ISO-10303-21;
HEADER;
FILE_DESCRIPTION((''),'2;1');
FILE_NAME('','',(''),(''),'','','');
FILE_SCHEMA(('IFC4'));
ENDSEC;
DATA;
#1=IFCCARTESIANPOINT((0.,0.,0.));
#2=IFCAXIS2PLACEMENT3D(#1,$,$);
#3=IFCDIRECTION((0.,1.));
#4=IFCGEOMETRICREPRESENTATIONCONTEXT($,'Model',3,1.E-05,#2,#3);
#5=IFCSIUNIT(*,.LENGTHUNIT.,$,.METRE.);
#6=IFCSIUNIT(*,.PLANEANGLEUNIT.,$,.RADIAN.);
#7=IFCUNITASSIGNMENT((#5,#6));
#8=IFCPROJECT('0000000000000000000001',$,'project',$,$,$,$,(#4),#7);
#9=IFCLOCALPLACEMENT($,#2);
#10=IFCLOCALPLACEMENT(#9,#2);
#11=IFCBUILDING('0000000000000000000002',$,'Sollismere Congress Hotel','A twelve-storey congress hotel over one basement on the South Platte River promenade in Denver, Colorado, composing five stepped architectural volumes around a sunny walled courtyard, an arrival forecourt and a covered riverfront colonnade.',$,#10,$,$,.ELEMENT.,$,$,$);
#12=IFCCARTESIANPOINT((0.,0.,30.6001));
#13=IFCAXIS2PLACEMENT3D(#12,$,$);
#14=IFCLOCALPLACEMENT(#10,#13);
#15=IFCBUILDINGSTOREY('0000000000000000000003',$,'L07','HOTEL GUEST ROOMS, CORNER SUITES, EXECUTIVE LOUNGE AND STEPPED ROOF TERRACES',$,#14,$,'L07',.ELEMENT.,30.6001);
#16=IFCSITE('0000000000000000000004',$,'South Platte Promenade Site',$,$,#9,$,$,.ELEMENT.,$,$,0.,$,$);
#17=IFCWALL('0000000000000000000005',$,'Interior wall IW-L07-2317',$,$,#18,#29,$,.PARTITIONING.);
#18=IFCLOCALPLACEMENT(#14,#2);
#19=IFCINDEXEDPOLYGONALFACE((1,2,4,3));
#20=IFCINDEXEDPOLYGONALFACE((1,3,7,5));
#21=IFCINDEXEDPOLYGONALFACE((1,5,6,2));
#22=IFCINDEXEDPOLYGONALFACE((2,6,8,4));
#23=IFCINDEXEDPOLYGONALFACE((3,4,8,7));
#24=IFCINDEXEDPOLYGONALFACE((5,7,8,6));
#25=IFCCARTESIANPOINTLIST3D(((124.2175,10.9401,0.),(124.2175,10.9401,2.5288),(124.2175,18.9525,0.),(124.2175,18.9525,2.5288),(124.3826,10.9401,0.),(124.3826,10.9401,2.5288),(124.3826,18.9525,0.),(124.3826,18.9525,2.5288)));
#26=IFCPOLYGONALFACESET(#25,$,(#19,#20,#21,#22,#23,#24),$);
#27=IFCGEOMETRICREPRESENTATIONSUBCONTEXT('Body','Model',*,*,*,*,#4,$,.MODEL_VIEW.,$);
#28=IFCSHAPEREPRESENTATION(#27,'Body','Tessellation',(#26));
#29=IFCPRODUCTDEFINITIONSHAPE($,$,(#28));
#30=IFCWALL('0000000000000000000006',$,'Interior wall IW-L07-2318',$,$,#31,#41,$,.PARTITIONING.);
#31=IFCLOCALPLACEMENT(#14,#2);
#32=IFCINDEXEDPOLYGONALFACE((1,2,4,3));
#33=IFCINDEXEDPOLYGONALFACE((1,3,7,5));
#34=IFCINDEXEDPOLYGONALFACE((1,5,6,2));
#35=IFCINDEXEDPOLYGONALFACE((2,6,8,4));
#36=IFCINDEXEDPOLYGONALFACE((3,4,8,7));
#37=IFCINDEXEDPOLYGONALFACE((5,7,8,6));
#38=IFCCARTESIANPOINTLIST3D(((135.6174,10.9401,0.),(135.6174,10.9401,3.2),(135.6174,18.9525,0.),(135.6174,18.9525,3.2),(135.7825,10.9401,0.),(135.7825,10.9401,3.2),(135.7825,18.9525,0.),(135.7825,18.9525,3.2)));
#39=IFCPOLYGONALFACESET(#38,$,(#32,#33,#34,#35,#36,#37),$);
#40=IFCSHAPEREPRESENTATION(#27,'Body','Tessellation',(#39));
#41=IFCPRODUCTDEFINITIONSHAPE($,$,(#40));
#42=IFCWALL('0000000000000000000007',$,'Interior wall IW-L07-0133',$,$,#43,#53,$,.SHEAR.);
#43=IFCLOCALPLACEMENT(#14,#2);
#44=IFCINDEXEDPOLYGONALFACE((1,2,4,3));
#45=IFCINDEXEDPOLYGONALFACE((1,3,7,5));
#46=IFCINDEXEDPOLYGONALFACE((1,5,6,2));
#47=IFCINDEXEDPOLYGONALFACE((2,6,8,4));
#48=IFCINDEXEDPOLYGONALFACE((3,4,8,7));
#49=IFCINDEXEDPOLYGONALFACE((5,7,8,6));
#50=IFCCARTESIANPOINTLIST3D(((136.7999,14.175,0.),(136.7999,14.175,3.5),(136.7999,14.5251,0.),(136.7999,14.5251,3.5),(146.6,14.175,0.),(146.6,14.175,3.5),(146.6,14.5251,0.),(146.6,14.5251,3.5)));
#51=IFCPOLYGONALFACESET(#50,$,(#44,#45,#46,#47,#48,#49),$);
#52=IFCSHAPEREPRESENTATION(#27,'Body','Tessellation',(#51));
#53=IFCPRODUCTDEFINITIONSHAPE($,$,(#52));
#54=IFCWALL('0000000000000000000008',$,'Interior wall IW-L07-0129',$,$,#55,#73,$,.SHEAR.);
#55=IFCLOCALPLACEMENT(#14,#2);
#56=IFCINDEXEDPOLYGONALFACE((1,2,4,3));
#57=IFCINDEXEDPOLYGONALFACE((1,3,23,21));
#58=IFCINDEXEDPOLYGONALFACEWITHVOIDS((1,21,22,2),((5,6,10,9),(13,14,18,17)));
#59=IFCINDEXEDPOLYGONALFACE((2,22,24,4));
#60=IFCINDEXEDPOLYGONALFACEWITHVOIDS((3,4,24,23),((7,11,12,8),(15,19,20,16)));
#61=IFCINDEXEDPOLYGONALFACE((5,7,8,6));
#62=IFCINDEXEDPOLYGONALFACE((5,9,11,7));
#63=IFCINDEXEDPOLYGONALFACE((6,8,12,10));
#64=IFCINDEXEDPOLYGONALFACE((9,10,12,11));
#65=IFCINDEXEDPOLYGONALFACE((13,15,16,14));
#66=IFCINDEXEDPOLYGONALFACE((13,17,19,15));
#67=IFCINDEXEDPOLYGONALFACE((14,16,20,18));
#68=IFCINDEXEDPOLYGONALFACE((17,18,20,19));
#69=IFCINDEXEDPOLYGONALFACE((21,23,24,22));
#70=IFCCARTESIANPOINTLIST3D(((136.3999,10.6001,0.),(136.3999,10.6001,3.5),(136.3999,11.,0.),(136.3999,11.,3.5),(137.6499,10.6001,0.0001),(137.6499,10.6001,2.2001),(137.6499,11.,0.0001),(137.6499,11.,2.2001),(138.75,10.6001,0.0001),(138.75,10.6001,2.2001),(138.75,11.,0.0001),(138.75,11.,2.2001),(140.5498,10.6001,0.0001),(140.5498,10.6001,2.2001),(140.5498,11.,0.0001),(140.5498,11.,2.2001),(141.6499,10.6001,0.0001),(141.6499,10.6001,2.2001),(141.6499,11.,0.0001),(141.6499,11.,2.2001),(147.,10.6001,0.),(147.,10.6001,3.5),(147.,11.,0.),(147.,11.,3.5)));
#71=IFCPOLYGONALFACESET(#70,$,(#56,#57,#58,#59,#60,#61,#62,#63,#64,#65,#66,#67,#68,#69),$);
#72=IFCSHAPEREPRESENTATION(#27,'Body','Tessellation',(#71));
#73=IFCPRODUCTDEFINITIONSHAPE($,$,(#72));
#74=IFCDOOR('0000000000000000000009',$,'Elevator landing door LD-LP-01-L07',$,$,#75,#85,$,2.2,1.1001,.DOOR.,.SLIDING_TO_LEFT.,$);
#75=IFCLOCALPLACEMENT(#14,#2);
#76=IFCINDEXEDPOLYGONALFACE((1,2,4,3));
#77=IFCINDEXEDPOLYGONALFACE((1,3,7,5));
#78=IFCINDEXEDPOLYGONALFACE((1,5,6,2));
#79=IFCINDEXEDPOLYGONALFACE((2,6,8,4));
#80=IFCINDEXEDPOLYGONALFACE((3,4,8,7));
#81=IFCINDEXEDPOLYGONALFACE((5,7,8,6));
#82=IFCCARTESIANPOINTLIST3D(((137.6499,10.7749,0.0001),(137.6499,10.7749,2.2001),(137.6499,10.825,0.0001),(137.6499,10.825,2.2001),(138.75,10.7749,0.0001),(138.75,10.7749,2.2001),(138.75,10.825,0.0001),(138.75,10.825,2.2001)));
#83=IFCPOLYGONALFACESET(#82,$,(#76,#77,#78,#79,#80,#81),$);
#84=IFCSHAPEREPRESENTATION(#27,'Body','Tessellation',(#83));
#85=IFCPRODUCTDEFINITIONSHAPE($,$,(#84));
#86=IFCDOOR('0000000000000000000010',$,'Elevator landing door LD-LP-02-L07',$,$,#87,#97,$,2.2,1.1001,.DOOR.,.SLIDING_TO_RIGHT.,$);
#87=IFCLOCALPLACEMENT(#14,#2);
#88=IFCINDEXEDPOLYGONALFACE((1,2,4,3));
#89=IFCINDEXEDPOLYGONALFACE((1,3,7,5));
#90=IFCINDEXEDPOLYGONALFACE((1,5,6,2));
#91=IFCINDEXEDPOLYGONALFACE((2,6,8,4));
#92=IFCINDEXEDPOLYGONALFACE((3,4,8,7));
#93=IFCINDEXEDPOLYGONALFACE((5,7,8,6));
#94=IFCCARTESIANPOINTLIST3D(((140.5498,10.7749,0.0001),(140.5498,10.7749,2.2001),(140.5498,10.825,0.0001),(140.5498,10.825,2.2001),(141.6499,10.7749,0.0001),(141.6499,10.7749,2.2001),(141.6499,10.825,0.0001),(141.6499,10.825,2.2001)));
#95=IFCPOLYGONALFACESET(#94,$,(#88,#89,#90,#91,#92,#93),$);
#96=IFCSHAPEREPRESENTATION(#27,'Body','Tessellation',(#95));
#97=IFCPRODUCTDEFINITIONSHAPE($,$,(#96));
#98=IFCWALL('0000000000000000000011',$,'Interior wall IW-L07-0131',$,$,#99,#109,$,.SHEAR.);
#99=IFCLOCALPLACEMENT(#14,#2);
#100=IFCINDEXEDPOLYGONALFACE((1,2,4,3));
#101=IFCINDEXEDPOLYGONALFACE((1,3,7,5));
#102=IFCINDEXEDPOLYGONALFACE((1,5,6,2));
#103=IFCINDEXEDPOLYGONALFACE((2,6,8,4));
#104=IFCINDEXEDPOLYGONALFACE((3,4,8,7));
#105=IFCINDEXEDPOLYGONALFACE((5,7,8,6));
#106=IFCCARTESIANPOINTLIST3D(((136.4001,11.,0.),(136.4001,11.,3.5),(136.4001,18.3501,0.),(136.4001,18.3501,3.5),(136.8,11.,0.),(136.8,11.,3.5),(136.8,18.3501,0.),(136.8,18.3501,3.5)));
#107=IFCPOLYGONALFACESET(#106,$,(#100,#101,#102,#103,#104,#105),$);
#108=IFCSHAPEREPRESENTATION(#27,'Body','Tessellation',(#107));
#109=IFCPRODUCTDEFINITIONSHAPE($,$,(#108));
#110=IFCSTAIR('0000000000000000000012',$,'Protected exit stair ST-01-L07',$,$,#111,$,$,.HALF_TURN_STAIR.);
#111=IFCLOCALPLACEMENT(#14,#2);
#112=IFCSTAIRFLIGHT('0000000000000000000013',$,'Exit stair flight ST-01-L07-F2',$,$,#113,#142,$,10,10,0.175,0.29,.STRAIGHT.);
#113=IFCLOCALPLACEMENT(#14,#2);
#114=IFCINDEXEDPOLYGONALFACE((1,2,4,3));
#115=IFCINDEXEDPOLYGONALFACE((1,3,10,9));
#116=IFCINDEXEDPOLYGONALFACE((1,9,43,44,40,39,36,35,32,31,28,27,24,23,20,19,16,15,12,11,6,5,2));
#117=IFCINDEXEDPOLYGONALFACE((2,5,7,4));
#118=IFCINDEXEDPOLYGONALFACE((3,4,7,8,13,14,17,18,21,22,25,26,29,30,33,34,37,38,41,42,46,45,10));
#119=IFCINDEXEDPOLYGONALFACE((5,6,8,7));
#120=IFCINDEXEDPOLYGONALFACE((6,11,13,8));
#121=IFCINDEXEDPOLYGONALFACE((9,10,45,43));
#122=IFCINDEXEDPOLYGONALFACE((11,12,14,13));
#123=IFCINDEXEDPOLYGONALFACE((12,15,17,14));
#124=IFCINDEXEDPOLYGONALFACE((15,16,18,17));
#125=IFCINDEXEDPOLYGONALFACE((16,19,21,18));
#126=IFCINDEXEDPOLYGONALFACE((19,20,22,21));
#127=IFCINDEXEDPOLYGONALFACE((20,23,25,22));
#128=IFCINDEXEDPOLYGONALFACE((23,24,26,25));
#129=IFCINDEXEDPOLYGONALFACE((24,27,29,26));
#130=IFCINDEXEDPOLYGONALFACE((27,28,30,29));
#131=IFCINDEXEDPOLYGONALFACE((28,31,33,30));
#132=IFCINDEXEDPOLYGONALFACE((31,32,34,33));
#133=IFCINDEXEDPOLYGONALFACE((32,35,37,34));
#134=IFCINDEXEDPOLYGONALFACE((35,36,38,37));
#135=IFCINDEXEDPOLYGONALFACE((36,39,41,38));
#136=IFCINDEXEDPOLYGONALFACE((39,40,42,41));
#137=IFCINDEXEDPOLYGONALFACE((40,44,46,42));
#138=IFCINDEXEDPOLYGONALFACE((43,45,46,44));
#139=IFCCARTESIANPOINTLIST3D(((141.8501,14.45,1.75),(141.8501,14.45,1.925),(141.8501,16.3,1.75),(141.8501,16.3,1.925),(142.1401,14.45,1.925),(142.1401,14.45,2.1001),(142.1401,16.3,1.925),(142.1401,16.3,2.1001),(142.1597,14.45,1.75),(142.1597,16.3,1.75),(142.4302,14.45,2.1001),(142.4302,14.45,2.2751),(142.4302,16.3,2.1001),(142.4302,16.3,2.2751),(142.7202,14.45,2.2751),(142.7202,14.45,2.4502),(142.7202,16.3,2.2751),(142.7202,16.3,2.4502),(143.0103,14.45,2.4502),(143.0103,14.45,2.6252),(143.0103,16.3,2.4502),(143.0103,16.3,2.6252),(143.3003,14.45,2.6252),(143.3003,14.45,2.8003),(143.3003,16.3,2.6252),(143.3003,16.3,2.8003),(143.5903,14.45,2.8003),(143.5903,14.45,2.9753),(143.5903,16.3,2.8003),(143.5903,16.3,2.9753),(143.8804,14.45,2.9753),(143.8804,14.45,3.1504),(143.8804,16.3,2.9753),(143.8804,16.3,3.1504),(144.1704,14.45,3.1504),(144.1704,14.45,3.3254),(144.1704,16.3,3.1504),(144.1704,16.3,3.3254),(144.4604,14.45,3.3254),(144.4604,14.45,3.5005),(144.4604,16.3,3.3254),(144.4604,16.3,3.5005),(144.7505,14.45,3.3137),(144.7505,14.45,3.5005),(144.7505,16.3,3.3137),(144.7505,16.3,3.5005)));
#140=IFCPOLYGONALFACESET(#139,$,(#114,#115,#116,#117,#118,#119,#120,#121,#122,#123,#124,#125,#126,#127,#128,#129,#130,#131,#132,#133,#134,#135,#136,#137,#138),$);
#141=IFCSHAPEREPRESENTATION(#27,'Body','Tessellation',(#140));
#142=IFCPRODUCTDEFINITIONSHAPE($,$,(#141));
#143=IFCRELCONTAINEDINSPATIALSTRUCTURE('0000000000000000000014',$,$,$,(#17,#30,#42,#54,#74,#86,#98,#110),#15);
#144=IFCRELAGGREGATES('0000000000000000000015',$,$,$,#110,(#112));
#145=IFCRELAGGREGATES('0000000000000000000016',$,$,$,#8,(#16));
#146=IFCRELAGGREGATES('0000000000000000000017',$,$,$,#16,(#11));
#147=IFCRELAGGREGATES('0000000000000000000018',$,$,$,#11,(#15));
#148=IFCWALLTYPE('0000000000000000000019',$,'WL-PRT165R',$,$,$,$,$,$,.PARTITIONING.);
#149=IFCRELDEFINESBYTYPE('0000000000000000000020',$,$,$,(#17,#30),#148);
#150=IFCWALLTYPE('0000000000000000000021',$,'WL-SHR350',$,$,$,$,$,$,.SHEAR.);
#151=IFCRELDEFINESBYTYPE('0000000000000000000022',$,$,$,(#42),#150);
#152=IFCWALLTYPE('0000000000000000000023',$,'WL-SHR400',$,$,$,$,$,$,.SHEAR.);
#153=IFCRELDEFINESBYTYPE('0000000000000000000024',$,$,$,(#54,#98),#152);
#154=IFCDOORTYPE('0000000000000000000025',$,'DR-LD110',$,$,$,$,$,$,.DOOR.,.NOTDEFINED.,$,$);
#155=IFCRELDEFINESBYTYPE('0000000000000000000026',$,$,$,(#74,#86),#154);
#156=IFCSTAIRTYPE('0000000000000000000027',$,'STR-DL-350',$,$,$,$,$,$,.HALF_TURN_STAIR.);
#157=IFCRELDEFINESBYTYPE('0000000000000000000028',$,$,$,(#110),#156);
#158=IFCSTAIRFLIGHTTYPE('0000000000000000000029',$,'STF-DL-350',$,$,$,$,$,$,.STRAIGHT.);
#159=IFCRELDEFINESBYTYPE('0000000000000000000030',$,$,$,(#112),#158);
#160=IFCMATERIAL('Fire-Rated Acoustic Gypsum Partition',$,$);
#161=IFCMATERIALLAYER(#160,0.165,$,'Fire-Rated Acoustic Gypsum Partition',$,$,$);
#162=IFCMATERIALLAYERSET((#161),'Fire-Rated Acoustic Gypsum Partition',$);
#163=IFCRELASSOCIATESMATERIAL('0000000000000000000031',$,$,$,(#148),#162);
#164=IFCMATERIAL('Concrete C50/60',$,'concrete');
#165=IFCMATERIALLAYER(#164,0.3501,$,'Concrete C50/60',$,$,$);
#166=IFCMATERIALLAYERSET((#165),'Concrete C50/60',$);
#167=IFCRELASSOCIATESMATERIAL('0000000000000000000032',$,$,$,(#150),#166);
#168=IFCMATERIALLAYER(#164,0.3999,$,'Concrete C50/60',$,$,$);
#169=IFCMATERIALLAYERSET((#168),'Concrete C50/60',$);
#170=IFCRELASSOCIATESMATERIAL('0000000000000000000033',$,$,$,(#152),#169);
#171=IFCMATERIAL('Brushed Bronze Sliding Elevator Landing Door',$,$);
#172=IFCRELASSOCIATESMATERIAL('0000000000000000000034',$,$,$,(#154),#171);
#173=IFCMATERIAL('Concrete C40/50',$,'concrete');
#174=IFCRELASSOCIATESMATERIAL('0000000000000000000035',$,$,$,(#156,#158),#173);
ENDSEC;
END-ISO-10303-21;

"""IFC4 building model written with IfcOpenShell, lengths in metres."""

from ifc_helpers import new_model, si_unit, direction, frame, frame_2d, origin, place, context, subcontext, project, spatial, polyline, rectangle, outline, extrude, material, layer, layer_set, type_object, element, fill, aggregate, save


model = new_model("IFC4")

# Units and contexts
model_context = context("Model", 3, precision=1e-05, world=origin(), true_north=direction((0.0, 1.0)))
body_context = subcontext(model_context, "Body", "Model", "MODEL_VIEW")
ifc_project = project(units=[si_unit("LENGTHUNIT", "METRE"), si_unit("PLANEANGLEUNIT", "RADIAN")], contexts=[model_context])

# Site, building, storey
site_placement = place(None, origin())
site = spatial("IfcSite", under=ifc_project, at=site_placement, Name="South Platte Promenade Site", CompositionType="ELEMENT", RefElevation=0.0)
building_placement = place(site_placement, origin())
building = spatial("IfcBuilding", under=site, at=building_placement, Name="Sollismere Congress Hotel", Description="A twelve-storey congress hotel over one basement on the South Platte River promenade in Denver, Colorado, composing five stepped architectural volumes around a sunny walled courtyard, an arrival forecourt and a covered riverfront colonnade.", CompositionType="ELEMENT")
storey_placement = place(building_placement, frame((0.0, 0.0, 30.6001)))
storey = spatial("IfcBuildingStorey", under=building, at=storey_placement, Name="L07", Description="HOTEL GUEST ROOMS, CORNER SUITES, EXECUTIVE LOUNGE AND STEPPED ROOF TERRACES", LongName="L07", CompositionType="ELEMENT", Elevation=30.6001)

# Walls
ifc_material_1 = material(Name="Fire-Rated Acoustic Gypsum Partition")
ifc_layer_1 = layer(ifc_material_1, 0.165, Name="Fire-Rated Acoustic Gypsum Partition")
ifc_layer_set_1 = layer_set([ifc_layer_1], Name="Fire-Rated Acoustic Gypsum Partition")
wall_type_1 = type_object("IfcWallType", Name="WL-PRT165R", PredefinedType="PARTITIONING", material=ifc_layer_set_1)
wall_1_placement = place(storey_placement, frame((124.3, 10.9399, 0.0), z_axis=(0.0, 0.0, 1.0), x_axis=(0.0, 1.0, 0.0)))
element("IfcWall", 1, at=wall_1_placement, inside=storey, type_object=wall_type_1, Name="Interior wall IW-L07-2317", PredefinedType="PARTITIONING", context=body_context, shape_type="SweptSolid", body=[
    extrude(rectangle(XDim=8.0125, YDim=0.165, at=frame_2d((4.0063, 0.0))), origin(), (0.0, 0.0, 1.0), 2.5288),
])
wall_2_placement = place(storey_placement, frame((135.7, 10.9399, 0.0), z_axis=(0.0, 0.0, 1.0), x_axis=(0.0, 1.0, 0.0)))
element("IfcWall", 2, at=wall_2_placement, inside=storey, type_object=wall_type_1, Name="Interior wall IW-L07-2318", PredefinedType="PARTITIONING", context=body_context, shape_type="SweptSolid", body=[
    extrude(rectangle(XDim=8.0125, YDim=0.165, at=frame_2d((4.0063, 0.0))), origin(), (0.0, 0.0, 1.0), 3.2),
])
ifc_material_2 = material(Name="Concrete C50/60", Category="concrete")
ifc_layer_2 = layer(ifc_material_2, 0.3501, Name="Concrete C50/60")
ifc_layer_set_2 = layer_set([ifc_layer_2], Name="Concrete C50/60")
wall_type_2 = type_object("IfcWallType", Name="WL-SHR350", PredefinedType="SHEAR", material=ifc_layer_set_2)
wall_3_placement = place(storey_placement, frame((136.8, 14.3501, 0.0), z_axis=(0.0, 0.0, 1.0), x_axis=(1.0, 0.0, 0.0)))
element("IfcWall", 3, at=wall_3_placement, inside=storey, type_object=wall_type_2, Name="Interior wall IW-L07-0133", PredefinedType="SHEAR", context=body_context, shape_type="SweptSolid", body=[
    extrude(rectangle(XDim=9.8, YDim=0.3501, at=frame_2d((4.8999, 0.0))), origin(), (0.0, 0.0, 1.0), 3.5),
])

# Wall, openings, doors
ifc_layer_3 = layer(ifc_material_2, 0.3999, Name="Concrete C50/60")
ifc_layer_set_3 = layer_set([ifc_layer_3], Name="Concrete C50/60")
wall_type_3 = type_object("IfcWallType", Name="WL-SHR400", PredefinedType="SHEAR", material=ifc_layer_set_3)
wall_4_placement = place(storey_placement, frame((136.3999, 10.8, 0.0), z_axis=(0.0, 0.0, 1.0), x_axis=(1.0, 0.0, 0.0)))
wall_4 = element("IfcWall", 4, at=wall_4_placement, inside=storey, type_object=wall_type_3, Name="Interior wall IW-L07-0129", PredefinedType="SHEAR", context=body_context, shape_type="SweptSolid", body=[
    extrude(rectangle(XDim=10.6001, YDim=0.3999, at=frame_2d((5.3, 0.0))), origin(), (0.0, 0.0, 1.0), 3.5),
])
opening_1_placement = place(wall_4_placement, frame((1.25, 0.0, 0.0)))
opening_1 = element("IfcOpeningElement", 5, at=opening_1_placement, cuts=wall_4, PredefinedType="OPENING", context=body_context, shape_type="SweptSolid", body=[
    extrude(rectangle(XDim=1.1001, YDim=2.2, at=frame_2d((0.55, 1.1001))), frame((0.0, 0.21, 0.0), z_axis=(0.0, -1.0, 0.0), x_axis=(1.0, 0.0, 0.0)), (0.0, 0.0, 1.0), 0.4199),
])
opening_2_placement = place(wall_4_placement, frame((4.1499, 0.0, 0.0)))
opening_2 = element("IfcOpeningElement", 6, at=opening_2_placement, cuts=wall_4, PredefinedType="OPENING", context=body_context, shape_type="SweptSolid", body=[
    extrude(rectangle(XDim=1.1001, YDim=2.2, at=frame_2d((0.55, 1.1001))), frame((0.0, 0.21, 0.0), z_axis=(0.0, -1.0, 0.0), x_axis=(1.0, 0.0, 0.0)), (0.0, 0.0, 1.0), 0.4199),
])
ifc_material_3 = material(Name="Brushed Bronze Sliding Elevator Landing Door")
door_type_1 = type_object("IfcDoorType", Name="DR-LD110", OperationType="NOTDEFINED", PredefinedType="DOOR", material=ifc_material_3)
door_1_placement = place(opening_1_placement, origin())
door_1 = element("IfcDoor", 7, at=door_1_placement, inside=storey, type_object=door_type_1, Name="Elevator landing door LD-LP-01-L07", OperationType="SLIDING_TO_LEFT", OverallHeight=2.2, OverallWidth=1.1001, PredefinedType="DOOR", context=body_context, shape_type="SweptSolid", body=[
    extrude(rectangle(XDim=1.1001, YDim=2.2, at=frame_2d((0.55, 1.1001))), frame((0.0, 0.0249, 0.0), z_axis=(0.0, -1.0, 0.0), x_axis=(1.0, 0.0, 0.0)), (0.0, 0.0, 1.0), 0.05),
])
fill(opening_1, door_1)
door_2_placement = place(opening_2_placement, origin())
door_2 = element("IfcDoor", 8, at=door_2_placement, inside=storey, type_object=door_type_1, Name="Elevator landing door LD-LP-02-L07", OperationType="SLIDING_TO_RIGHT", OverallHeight=2.2, OverallWidth=1.1001, PredefinedType="DOOR", context=body_context, shape_type="SweptSolid", body=[
    extrude(rectangle(XDim=1.1001, YDim=2.2, at=frame_2d((0.55, 1.1001))), frame((0.0, 0.0249, 0.0), z_axis=(0.0, -1.0, 0.0), x_axis=(1.0, 0.0, 0.0)), (0.0, 0.0, 1.0), 0.05),
])
fill(opening_2, door_2)

# Wall
wall_5_placement = place(storey_placement, frame((136.6001, 18.3501, 0.0), z_axis=(0.0, 0.0, 1.0), x_axis=(0.0, -1.0, 0.0)))
element("IfcWall", 9, at=wall_5_placement, inside=storey, type_object=wall_type_3, Name="Interior wall IW-L07-0131", PredefinedType="SHEAR", context=body_context, shape_type="SweptSolid", body=[
    extrude(rectangle(XDim=7.3501, YDim=0.3999, at=frame_2d((3.675, 0.0))), origin(), (0.0, 0.0, 1.0), 3.5),
])

# Stair, stair flight
ifc_material_4 = material(Name="Concrete C40/50", Category="concrete")
stair_type = type_object("IfcStairType", Name="STR-DL-350", PredefinedType="HALF_TURN_STAIR", material=ifc_material_4)
stair_placement = place(storey_placement, origin())
stair = element("IfcStair", 10, at=stair_placement, inside=storey, type_object=stair_type, Name="Protected exit stair ST-01-L07", PredefinedType="HALF_TURN_STAIR")
stair_flight_type = type_object("IfcStairFlightType", Name="STF-DL-350", PredefinedType="STRAIGHT", material=ifc_material_4)
stair_flight_placement = place(storey_placement, frame((141.8501, 15.375, 1.75), z_axis=(0.0, 0.0, 1.0), x_axis=(1.0, 0.0, 0.0)))
stair_flight = element("IfcStairFlight", 11, at=stair_flight_placement, type_object=stair_flight_type, Name="Exit stair flight ST-01-L07-F2", NumberOfRisers=10, NumberOfTreads=10, PredefinedType="STRAIGHT", RiserHeight=0.175, TreadLength=0.29, context=body_context, shape_type="SweptSolid", body=[
    extrude(outline(polyline([(0.0, 0.0), (0.0, 0.175), (0.29, 0.175), (0.29, 0.3501), (0.5801, 0.3501), (0.5801, 0.5251), (0.8701, 0.5251), (0.8701, 0.7002), (1.1602, 0.7002), (1.1602, 0.8752), (1.4502, 0.8752), (1.4502, 1.0503), (1.7402, 1.0503), (1.7402, 1.2253), (2.0303, 1.2253), (2.0303, 1.4004), (2.3203, 1.4004), (2.3203, 1.5754), (2.6104, 1.5754), (2.6104, 1.7505), (2.9004, 1.7505), (2.9004, 1.5637), (0.3096, 0.0), (0.0, 0.0)])), frame((0.0, 0.925, 0.0), z_axis=(0.0, -1.0, 0.0), x_axis=(1.0, 0.0, 0.0)), (0.0, 0.0, 1.0), 1.8501),
])
aggregate(stair, [stair_flight])

save(model, "model.ifc")
